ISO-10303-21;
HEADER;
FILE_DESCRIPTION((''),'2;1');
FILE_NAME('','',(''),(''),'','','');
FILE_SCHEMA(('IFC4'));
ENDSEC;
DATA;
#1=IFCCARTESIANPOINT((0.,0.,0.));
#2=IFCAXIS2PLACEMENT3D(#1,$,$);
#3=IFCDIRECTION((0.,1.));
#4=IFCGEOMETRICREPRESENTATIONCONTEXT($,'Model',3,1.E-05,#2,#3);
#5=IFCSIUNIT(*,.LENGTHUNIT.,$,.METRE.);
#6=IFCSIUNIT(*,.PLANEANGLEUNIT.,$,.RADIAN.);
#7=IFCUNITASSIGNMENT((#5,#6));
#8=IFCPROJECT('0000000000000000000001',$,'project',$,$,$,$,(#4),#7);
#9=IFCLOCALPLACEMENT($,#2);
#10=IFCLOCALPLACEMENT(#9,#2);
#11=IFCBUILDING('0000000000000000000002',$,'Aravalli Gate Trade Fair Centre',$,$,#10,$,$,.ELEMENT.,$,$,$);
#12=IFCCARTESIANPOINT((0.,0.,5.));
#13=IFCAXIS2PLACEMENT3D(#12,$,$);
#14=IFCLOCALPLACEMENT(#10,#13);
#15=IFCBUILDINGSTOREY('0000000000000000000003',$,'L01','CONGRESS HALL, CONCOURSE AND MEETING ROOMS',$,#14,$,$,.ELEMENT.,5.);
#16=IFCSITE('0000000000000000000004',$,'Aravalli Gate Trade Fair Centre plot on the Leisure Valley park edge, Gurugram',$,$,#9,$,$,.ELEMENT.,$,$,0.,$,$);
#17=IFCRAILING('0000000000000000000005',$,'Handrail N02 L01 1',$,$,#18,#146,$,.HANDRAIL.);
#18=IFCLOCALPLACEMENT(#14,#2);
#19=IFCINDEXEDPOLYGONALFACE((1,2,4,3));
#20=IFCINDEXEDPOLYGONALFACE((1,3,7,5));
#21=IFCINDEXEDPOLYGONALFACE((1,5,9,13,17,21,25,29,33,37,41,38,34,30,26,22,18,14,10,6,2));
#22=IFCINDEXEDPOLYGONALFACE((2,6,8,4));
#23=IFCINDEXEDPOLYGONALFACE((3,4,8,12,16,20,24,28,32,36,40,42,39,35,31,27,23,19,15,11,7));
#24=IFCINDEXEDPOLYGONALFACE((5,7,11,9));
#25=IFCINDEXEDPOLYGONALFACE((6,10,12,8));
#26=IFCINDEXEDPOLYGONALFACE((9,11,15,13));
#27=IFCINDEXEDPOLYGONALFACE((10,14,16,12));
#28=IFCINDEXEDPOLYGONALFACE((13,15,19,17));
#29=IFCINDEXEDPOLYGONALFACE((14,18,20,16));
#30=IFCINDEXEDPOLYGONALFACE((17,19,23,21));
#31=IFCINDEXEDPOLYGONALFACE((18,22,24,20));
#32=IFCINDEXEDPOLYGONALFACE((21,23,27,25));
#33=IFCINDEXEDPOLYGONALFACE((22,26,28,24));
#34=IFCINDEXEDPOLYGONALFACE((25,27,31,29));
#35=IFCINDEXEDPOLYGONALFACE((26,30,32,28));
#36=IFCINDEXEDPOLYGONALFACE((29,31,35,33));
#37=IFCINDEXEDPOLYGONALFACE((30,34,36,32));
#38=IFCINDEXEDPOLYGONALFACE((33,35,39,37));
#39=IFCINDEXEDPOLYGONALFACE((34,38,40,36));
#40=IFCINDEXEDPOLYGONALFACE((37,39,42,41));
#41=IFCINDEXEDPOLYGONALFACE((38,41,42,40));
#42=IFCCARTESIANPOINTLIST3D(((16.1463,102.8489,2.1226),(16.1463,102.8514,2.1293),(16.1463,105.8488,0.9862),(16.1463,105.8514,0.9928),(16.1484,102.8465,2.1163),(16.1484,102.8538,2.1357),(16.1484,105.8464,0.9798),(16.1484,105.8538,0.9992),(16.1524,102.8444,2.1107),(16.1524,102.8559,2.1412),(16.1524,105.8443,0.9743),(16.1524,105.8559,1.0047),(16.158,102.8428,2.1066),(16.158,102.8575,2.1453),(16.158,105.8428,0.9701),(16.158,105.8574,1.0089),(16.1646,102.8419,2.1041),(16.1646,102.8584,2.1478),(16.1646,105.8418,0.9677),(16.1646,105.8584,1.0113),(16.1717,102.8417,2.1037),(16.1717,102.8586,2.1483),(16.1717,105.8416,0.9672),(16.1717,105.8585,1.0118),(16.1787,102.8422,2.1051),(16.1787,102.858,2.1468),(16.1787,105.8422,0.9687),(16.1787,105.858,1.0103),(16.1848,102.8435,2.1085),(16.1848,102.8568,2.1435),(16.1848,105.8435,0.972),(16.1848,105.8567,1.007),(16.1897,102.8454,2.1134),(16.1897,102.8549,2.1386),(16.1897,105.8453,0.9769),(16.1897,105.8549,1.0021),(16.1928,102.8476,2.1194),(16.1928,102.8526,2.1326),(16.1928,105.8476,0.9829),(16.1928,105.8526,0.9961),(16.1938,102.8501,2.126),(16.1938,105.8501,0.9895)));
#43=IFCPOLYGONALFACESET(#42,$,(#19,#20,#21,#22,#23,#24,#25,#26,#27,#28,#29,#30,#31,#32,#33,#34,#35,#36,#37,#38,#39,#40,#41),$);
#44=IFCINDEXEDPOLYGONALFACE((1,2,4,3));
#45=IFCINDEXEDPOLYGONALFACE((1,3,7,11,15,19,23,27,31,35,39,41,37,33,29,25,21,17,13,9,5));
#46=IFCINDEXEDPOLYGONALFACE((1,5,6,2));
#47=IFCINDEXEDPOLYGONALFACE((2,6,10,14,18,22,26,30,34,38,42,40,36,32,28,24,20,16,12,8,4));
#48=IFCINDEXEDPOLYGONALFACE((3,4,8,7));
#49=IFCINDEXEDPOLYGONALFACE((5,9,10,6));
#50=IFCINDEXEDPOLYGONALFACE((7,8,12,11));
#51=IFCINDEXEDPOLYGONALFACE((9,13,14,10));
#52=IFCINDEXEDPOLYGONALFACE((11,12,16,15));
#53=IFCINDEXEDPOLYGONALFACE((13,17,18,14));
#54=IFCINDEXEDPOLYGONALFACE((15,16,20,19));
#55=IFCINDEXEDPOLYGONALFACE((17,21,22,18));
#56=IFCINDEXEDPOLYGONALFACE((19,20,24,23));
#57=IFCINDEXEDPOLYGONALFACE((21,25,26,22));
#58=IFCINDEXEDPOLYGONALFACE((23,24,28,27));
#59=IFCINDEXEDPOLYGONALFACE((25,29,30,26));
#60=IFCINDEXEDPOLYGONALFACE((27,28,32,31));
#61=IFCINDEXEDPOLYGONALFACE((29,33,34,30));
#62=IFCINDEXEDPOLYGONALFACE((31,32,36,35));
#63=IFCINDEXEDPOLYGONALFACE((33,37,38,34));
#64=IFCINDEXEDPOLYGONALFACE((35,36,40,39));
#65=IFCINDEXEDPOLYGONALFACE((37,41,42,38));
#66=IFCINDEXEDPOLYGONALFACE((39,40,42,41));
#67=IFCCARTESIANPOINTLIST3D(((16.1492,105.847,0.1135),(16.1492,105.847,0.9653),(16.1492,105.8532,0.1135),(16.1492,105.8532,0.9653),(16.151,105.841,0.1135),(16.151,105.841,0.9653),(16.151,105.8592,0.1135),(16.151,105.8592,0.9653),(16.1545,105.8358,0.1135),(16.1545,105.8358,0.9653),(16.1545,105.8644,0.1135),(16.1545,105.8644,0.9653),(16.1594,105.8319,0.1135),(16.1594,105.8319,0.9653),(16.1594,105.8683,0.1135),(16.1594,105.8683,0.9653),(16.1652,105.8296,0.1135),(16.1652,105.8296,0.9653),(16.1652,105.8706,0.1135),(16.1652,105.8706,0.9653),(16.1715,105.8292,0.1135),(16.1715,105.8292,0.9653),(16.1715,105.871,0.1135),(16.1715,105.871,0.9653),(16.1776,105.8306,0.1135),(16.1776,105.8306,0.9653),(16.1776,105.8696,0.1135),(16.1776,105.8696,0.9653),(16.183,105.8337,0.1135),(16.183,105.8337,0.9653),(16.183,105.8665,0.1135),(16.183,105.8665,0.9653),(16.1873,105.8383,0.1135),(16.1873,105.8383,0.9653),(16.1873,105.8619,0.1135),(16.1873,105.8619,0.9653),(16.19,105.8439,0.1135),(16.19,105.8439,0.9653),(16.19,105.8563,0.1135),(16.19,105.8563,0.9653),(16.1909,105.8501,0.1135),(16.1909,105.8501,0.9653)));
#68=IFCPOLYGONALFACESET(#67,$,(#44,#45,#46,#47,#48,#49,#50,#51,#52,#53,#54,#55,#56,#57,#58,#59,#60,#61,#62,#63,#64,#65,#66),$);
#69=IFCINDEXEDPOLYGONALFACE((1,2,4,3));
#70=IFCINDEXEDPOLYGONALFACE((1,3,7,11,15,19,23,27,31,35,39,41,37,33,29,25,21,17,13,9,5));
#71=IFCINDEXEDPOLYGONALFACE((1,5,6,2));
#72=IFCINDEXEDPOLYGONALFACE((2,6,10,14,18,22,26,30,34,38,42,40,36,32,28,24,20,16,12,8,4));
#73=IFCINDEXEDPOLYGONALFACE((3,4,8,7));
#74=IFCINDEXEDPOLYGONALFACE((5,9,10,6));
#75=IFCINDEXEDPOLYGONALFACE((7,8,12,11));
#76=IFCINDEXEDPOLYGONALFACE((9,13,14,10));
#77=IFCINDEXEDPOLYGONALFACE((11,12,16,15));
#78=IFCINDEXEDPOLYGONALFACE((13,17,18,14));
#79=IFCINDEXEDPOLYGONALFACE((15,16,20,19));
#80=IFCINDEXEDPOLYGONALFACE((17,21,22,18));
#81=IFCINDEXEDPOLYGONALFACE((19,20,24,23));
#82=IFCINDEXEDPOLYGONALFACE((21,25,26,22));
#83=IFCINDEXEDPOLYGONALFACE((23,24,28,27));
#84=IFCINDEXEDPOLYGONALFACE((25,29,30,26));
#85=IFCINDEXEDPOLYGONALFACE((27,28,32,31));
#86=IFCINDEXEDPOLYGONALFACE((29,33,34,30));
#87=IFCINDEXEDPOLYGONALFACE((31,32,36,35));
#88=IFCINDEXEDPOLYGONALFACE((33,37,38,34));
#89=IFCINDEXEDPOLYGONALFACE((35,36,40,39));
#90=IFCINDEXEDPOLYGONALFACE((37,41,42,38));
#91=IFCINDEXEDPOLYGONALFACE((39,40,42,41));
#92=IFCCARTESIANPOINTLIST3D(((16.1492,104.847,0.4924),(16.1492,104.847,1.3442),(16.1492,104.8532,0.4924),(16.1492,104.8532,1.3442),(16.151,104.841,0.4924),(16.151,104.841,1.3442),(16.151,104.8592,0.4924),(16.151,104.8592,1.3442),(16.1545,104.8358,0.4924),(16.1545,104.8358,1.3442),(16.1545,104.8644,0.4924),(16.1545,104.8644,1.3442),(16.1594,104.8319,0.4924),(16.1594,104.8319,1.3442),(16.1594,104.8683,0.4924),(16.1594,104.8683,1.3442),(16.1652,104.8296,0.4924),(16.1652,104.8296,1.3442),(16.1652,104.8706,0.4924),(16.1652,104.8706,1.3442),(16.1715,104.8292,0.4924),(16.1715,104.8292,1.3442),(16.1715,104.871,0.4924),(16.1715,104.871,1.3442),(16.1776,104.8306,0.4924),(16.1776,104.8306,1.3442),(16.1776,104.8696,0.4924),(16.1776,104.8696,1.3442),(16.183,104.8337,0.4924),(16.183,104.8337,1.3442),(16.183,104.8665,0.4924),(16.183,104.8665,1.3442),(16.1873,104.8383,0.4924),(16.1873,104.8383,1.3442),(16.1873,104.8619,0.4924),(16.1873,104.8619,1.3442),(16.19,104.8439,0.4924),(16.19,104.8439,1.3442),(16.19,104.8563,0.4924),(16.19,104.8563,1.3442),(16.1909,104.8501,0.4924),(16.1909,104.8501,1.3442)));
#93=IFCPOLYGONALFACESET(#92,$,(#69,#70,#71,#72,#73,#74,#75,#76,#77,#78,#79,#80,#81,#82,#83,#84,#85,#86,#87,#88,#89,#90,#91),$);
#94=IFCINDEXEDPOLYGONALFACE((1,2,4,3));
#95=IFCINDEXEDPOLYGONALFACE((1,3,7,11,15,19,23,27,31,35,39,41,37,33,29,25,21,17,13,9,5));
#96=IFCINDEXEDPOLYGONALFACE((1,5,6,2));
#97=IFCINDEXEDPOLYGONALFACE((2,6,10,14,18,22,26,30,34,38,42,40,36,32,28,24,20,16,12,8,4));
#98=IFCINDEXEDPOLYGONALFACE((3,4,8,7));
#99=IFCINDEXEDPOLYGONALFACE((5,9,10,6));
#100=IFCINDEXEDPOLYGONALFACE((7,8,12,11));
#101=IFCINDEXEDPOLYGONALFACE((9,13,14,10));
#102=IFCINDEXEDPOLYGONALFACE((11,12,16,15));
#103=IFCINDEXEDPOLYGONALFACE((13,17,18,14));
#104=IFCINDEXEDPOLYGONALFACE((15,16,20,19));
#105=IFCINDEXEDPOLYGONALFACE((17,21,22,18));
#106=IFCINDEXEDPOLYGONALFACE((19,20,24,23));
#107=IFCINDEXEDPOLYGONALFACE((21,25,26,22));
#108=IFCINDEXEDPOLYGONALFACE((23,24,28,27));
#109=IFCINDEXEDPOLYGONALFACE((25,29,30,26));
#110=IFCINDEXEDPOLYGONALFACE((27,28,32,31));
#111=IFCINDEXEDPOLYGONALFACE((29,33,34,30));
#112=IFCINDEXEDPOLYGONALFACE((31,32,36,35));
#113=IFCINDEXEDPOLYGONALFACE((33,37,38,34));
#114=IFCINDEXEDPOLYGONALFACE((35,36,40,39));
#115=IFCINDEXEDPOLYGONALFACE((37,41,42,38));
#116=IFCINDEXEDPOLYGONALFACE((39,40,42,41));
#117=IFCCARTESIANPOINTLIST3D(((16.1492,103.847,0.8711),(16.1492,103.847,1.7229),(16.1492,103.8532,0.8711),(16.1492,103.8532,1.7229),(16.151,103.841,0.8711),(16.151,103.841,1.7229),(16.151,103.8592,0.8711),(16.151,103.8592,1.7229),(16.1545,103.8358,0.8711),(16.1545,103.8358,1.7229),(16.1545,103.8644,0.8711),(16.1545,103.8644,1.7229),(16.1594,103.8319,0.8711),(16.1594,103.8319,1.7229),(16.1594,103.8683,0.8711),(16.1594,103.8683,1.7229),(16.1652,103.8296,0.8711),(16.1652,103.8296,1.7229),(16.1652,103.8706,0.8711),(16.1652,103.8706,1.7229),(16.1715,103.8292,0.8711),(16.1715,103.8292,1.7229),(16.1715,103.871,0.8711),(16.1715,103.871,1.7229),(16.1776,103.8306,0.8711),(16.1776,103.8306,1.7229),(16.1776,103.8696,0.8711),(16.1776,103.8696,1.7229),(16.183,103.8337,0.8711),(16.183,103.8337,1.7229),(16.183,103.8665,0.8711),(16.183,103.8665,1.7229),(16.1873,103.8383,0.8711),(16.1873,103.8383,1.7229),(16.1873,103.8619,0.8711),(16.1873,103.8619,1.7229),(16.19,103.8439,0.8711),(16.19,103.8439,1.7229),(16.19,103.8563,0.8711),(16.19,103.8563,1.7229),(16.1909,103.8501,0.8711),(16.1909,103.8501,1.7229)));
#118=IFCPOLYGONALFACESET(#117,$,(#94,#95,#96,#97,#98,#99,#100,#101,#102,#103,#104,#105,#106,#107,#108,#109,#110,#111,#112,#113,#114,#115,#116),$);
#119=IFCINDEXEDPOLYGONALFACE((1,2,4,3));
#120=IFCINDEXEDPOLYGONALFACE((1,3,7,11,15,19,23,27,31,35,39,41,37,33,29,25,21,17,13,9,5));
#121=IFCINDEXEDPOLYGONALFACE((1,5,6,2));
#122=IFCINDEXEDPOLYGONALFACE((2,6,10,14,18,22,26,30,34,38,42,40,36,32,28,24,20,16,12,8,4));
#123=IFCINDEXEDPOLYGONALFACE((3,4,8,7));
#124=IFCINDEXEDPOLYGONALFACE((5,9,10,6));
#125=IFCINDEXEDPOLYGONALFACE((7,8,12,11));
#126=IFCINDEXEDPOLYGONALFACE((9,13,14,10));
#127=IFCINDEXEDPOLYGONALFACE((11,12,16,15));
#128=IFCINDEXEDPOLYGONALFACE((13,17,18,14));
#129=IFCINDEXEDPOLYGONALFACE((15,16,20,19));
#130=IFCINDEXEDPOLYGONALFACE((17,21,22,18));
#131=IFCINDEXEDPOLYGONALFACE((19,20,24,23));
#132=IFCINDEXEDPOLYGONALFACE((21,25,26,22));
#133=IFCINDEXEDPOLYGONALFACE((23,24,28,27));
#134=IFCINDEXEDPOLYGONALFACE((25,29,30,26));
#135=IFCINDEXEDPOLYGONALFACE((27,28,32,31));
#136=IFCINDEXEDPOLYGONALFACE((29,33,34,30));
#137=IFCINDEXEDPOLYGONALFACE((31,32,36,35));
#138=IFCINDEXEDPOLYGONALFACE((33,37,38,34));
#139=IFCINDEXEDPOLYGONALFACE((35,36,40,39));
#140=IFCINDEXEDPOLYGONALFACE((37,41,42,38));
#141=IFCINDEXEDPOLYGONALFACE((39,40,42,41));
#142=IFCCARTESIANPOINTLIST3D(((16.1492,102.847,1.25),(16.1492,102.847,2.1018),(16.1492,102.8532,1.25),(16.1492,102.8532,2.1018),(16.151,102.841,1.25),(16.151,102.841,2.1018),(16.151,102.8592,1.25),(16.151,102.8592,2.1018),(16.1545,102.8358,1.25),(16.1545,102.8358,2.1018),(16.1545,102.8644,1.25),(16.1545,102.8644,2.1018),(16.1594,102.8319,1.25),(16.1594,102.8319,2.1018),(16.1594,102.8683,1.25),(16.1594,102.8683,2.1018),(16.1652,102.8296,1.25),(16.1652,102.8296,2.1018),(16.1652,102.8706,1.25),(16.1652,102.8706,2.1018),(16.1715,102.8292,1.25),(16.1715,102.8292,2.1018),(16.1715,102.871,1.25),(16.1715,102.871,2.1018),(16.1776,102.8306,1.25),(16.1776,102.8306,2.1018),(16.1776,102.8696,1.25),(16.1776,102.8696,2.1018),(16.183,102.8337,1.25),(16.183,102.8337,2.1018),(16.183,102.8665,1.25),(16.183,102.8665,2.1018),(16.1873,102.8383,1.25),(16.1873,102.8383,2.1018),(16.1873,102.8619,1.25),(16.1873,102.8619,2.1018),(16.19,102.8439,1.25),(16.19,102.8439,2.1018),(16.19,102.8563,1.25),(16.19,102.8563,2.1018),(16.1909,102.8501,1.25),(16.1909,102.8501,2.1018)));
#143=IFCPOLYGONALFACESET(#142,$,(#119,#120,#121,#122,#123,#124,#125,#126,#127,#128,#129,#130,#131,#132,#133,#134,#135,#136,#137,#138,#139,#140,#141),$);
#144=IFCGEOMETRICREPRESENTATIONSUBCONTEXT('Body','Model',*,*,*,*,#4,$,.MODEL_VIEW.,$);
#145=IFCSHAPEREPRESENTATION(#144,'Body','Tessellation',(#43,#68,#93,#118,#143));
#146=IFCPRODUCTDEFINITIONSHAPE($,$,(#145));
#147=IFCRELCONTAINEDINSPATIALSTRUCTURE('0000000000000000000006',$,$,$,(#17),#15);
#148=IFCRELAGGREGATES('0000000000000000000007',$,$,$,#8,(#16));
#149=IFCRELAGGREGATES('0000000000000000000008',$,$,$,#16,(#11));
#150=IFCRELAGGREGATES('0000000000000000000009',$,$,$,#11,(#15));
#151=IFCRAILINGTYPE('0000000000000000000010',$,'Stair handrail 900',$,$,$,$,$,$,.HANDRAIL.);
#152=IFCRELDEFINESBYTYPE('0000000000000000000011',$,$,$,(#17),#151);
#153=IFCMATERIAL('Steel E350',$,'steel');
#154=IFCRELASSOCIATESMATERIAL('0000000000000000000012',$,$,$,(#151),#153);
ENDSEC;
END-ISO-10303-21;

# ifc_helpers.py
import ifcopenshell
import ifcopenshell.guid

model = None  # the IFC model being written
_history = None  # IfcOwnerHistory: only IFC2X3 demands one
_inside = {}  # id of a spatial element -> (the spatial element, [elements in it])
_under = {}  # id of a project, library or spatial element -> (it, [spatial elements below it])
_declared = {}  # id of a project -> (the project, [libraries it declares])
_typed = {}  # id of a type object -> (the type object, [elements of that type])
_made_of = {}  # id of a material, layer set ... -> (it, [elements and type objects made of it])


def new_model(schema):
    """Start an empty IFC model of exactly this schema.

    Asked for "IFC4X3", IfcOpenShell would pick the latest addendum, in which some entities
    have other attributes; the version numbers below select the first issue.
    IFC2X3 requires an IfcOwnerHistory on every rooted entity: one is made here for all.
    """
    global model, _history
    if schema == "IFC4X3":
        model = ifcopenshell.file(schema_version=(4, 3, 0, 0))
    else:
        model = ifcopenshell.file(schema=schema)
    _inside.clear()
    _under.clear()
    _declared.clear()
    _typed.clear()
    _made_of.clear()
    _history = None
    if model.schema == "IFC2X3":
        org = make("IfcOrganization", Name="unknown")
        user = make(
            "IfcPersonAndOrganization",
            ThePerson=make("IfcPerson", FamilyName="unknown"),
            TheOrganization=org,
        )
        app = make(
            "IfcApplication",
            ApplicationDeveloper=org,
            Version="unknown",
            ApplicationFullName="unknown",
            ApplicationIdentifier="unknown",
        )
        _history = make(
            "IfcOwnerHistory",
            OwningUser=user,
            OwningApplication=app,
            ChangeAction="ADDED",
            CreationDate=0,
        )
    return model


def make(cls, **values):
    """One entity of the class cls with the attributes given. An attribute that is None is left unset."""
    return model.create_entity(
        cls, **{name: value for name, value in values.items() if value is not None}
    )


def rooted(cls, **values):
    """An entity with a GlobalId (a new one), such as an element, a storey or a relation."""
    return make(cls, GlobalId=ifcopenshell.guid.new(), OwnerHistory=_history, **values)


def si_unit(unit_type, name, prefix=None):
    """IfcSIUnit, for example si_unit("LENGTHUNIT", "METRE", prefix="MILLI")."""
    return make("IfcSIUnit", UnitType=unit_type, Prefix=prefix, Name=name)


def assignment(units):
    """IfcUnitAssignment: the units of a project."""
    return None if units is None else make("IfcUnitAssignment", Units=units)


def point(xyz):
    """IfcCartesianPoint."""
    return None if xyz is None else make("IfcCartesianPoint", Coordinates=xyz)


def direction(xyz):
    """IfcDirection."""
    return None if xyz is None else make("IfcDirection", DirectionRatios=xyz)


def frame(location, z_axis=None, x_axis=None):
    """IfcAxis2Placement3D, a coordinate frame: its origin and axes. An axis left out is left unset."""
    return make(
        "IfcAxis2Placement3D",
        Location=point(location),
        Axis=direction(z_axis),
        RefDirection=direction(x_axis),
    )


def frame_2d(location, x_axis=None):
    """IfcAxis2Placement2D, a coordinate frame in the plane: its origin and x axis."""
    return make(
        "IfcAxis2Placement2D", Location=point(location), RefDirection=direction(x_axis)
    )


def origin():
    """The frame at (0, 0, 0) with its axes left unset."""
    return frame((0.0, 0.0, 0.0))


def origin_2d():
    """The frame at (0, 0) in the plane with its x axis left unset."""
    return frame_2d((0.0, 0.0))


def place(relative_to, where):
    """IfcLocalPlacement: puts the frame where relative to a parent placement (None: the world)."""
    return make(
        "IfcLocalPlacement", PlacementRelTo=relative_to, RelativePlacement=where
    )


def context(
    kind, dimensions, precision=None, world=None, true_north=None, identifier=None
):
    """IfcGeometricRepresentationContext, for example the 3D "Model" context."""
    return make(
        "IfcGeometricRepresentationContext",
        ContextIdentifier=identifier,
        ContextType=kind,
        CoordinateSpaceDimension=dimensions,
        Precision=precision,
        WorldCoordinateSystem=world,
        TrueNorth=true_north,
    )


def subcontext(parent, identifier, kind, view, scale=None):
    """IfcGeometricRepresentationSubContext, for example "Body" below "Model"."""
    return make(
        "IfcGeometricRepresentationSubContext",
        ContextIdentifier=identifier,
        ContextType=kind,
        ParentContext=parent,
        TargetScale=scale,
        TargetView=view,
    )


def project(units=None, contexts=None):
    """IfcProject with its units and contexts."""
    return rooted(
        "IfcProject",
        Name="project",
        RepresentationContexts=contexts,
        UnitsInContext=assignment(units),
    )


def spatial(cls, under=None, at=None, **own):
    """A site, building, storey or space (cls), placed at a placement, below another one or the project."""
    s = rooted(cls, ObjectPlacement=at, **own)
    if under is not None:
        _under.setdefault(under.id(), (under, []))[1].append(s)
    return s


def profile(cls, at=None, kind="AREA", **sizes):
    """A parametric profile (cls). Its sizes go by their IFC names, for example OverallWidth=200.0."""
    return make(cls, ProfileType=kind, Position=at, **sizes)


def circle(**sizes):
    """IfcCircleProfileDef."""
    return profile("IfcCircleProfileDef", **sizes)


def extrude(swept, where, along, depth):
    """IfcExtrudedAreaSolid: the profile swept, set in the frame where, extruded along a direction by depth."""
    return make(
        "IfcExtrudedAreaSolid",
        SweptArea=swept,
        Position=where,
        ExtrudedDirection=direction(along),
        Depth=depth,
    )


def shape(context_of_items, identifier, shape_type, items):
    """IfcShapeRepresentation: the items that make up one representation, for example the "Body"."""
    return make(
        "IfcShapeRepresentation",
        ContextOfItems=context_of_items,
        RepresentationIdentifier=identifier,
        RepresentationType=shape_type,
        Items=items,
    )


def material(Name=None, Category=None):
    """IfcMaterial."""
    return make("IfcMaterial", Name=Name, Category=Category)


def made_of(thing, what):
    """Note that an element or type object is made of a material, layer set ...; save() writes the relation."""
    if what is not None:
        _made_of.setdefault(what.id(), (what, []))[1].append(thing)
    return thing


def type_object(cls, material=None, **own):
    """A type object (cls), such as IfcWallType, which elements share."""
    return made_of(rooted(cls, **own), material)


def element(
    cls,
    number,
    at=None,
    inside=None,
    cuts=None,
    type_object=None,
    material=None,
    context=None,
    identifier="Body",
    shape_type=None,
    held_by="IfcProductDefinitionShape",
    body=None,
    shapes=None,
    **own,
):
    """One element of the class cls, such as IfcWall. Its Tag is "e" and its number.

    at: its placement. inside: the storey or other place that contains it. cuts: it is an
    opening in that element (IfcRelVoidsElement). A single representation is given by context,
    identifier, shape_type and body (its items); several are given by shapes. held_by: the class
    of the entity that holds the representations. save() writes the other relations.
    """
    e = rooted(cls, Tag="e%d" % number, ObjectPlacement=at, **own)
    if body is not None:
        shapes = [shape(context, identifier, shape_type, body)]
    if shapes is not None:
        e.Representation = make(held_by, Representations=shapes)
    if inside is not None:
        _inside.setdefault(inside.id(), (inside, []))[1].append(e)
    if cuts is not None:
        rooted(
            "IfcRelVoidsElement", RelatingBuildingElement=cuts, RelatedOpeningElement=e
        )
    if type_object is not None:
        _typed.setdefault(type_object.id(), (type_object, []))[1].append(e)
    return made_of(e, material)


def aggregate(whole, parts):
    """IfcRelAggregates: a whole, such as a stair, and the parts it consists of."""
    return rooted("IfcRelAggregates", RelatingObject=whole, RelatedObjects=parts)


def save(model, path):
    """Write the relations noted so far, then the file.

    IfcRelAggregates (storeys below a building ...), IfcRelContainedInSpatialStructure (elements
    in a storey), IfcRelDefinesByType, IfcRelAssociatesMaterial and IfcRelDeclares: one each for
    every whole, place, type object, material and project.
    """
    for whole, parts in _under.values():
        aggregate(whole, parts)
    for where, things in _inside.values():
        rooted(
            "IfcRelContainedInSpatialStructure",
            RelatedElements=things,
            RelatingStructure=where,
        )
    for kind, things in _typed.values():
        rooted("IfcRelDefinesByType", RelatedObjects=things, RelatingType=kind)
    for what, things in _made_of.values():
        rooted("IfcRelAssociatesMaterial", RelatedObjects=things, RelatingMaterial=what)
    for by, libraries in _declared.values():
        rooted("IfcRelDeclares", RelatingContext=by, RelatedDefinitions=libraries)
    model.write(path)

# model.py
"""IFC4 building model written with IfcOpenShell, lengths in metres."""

from ifc_helpers import new_model, si_unit, direction, frame, origin, origin_2d, place, context, subcontext, project, spatial, circle, extrude, material, type_object, element, save


model = new_model("IFC4")

# Units and contexts
model_context = context("Model", 3, precision=1e-05, world=origin(), true_north=direction((0.0, 1.0)))
body_context = subcontext(model_context, "Body", "Model", "MODEL_VIEW")
ifc_project = project(units=[si_unit("LENGTHUNIT", "METRE"), si_unit("PLANEANGLEUNIT", "RADIAN")], contexts=[model_context])

# Site, building, storey
site_placement = place(None, origin())
site = spatial("IfcSite", under=ifc_project, at=site_placement, Name="Aravalli Gate Trade Fair Centre plot on the Leisure Valley park edge, Gurugram", CompositionType="ELEMENT", RefElevation=0.0)
building_placement = place(site_placement, origin())
building = spatial("IfcBuilding", under=site, at=building_placement, Name="Aravalli Gate Trade Fair Centre", CompositionType="ELEMENT")
storey_placement = place(building_placement, frame((0.0, 0.0, 5.0)))
storey = spatial("IfcBuildingStorey", under=building, at=storey_placement, Name="L01", Description="CONGRESS HALL, CONCOURSE AND MEETING ROOMS", CompositionType="ELEMENT", Elevation=5.0)

# Railing
ifc_material_1 = material(Name="Steel E350", Category="steel")
railing_type = type_object("IfcRailingType", Name="Stair handrail 900", PredefinedType="HANDRAIL", material=ifc_material_1)
railing_1_placement = place(storey_placement, frame((16.1699, 105.8501, 0.1135)))
element("IfcRailing", 1, at=railing_1_placement, inside=storey, type_object=railing_type, Name="Handrail N02 L01 1", PredefinedType="HANDRAIL", context=body_context, shape_type="SweptSolid", body=[
    extrude(circle(Radius=0.0239, at=origin_2d()), frame((0.0, 0.0, 0.876), z_axis=(0.0, -0.935148, 0.354257), x_axis=(1.0, 0.0, 0.0)), (0.0, 0.0, 1.0), 3.208),
    extrude(circle(Radius=0.021, at=origin_2d()), origin(), (0.0, 0.0, 1.0), 0.8518),
    extrude(circle(Radius=0.021, at=origin_2d()), frame((0.0, -1.0, 0.3789)), (0.0, 0.0, 1.0), 0.8518),
    extrude(circle(Radius=0.021, at=origin_2d()), frame((0.0, -2.0, 0.7576)), (0.0, 0.0, 1.0), 0.8518),
    extrude(circle(Radius=0.021, at=origin_2d()), frame((0.0, -3.0, 1.1365)), (0.0, 0.0, 1.0), 0.8518),
])

save(model, "model.ifc")
